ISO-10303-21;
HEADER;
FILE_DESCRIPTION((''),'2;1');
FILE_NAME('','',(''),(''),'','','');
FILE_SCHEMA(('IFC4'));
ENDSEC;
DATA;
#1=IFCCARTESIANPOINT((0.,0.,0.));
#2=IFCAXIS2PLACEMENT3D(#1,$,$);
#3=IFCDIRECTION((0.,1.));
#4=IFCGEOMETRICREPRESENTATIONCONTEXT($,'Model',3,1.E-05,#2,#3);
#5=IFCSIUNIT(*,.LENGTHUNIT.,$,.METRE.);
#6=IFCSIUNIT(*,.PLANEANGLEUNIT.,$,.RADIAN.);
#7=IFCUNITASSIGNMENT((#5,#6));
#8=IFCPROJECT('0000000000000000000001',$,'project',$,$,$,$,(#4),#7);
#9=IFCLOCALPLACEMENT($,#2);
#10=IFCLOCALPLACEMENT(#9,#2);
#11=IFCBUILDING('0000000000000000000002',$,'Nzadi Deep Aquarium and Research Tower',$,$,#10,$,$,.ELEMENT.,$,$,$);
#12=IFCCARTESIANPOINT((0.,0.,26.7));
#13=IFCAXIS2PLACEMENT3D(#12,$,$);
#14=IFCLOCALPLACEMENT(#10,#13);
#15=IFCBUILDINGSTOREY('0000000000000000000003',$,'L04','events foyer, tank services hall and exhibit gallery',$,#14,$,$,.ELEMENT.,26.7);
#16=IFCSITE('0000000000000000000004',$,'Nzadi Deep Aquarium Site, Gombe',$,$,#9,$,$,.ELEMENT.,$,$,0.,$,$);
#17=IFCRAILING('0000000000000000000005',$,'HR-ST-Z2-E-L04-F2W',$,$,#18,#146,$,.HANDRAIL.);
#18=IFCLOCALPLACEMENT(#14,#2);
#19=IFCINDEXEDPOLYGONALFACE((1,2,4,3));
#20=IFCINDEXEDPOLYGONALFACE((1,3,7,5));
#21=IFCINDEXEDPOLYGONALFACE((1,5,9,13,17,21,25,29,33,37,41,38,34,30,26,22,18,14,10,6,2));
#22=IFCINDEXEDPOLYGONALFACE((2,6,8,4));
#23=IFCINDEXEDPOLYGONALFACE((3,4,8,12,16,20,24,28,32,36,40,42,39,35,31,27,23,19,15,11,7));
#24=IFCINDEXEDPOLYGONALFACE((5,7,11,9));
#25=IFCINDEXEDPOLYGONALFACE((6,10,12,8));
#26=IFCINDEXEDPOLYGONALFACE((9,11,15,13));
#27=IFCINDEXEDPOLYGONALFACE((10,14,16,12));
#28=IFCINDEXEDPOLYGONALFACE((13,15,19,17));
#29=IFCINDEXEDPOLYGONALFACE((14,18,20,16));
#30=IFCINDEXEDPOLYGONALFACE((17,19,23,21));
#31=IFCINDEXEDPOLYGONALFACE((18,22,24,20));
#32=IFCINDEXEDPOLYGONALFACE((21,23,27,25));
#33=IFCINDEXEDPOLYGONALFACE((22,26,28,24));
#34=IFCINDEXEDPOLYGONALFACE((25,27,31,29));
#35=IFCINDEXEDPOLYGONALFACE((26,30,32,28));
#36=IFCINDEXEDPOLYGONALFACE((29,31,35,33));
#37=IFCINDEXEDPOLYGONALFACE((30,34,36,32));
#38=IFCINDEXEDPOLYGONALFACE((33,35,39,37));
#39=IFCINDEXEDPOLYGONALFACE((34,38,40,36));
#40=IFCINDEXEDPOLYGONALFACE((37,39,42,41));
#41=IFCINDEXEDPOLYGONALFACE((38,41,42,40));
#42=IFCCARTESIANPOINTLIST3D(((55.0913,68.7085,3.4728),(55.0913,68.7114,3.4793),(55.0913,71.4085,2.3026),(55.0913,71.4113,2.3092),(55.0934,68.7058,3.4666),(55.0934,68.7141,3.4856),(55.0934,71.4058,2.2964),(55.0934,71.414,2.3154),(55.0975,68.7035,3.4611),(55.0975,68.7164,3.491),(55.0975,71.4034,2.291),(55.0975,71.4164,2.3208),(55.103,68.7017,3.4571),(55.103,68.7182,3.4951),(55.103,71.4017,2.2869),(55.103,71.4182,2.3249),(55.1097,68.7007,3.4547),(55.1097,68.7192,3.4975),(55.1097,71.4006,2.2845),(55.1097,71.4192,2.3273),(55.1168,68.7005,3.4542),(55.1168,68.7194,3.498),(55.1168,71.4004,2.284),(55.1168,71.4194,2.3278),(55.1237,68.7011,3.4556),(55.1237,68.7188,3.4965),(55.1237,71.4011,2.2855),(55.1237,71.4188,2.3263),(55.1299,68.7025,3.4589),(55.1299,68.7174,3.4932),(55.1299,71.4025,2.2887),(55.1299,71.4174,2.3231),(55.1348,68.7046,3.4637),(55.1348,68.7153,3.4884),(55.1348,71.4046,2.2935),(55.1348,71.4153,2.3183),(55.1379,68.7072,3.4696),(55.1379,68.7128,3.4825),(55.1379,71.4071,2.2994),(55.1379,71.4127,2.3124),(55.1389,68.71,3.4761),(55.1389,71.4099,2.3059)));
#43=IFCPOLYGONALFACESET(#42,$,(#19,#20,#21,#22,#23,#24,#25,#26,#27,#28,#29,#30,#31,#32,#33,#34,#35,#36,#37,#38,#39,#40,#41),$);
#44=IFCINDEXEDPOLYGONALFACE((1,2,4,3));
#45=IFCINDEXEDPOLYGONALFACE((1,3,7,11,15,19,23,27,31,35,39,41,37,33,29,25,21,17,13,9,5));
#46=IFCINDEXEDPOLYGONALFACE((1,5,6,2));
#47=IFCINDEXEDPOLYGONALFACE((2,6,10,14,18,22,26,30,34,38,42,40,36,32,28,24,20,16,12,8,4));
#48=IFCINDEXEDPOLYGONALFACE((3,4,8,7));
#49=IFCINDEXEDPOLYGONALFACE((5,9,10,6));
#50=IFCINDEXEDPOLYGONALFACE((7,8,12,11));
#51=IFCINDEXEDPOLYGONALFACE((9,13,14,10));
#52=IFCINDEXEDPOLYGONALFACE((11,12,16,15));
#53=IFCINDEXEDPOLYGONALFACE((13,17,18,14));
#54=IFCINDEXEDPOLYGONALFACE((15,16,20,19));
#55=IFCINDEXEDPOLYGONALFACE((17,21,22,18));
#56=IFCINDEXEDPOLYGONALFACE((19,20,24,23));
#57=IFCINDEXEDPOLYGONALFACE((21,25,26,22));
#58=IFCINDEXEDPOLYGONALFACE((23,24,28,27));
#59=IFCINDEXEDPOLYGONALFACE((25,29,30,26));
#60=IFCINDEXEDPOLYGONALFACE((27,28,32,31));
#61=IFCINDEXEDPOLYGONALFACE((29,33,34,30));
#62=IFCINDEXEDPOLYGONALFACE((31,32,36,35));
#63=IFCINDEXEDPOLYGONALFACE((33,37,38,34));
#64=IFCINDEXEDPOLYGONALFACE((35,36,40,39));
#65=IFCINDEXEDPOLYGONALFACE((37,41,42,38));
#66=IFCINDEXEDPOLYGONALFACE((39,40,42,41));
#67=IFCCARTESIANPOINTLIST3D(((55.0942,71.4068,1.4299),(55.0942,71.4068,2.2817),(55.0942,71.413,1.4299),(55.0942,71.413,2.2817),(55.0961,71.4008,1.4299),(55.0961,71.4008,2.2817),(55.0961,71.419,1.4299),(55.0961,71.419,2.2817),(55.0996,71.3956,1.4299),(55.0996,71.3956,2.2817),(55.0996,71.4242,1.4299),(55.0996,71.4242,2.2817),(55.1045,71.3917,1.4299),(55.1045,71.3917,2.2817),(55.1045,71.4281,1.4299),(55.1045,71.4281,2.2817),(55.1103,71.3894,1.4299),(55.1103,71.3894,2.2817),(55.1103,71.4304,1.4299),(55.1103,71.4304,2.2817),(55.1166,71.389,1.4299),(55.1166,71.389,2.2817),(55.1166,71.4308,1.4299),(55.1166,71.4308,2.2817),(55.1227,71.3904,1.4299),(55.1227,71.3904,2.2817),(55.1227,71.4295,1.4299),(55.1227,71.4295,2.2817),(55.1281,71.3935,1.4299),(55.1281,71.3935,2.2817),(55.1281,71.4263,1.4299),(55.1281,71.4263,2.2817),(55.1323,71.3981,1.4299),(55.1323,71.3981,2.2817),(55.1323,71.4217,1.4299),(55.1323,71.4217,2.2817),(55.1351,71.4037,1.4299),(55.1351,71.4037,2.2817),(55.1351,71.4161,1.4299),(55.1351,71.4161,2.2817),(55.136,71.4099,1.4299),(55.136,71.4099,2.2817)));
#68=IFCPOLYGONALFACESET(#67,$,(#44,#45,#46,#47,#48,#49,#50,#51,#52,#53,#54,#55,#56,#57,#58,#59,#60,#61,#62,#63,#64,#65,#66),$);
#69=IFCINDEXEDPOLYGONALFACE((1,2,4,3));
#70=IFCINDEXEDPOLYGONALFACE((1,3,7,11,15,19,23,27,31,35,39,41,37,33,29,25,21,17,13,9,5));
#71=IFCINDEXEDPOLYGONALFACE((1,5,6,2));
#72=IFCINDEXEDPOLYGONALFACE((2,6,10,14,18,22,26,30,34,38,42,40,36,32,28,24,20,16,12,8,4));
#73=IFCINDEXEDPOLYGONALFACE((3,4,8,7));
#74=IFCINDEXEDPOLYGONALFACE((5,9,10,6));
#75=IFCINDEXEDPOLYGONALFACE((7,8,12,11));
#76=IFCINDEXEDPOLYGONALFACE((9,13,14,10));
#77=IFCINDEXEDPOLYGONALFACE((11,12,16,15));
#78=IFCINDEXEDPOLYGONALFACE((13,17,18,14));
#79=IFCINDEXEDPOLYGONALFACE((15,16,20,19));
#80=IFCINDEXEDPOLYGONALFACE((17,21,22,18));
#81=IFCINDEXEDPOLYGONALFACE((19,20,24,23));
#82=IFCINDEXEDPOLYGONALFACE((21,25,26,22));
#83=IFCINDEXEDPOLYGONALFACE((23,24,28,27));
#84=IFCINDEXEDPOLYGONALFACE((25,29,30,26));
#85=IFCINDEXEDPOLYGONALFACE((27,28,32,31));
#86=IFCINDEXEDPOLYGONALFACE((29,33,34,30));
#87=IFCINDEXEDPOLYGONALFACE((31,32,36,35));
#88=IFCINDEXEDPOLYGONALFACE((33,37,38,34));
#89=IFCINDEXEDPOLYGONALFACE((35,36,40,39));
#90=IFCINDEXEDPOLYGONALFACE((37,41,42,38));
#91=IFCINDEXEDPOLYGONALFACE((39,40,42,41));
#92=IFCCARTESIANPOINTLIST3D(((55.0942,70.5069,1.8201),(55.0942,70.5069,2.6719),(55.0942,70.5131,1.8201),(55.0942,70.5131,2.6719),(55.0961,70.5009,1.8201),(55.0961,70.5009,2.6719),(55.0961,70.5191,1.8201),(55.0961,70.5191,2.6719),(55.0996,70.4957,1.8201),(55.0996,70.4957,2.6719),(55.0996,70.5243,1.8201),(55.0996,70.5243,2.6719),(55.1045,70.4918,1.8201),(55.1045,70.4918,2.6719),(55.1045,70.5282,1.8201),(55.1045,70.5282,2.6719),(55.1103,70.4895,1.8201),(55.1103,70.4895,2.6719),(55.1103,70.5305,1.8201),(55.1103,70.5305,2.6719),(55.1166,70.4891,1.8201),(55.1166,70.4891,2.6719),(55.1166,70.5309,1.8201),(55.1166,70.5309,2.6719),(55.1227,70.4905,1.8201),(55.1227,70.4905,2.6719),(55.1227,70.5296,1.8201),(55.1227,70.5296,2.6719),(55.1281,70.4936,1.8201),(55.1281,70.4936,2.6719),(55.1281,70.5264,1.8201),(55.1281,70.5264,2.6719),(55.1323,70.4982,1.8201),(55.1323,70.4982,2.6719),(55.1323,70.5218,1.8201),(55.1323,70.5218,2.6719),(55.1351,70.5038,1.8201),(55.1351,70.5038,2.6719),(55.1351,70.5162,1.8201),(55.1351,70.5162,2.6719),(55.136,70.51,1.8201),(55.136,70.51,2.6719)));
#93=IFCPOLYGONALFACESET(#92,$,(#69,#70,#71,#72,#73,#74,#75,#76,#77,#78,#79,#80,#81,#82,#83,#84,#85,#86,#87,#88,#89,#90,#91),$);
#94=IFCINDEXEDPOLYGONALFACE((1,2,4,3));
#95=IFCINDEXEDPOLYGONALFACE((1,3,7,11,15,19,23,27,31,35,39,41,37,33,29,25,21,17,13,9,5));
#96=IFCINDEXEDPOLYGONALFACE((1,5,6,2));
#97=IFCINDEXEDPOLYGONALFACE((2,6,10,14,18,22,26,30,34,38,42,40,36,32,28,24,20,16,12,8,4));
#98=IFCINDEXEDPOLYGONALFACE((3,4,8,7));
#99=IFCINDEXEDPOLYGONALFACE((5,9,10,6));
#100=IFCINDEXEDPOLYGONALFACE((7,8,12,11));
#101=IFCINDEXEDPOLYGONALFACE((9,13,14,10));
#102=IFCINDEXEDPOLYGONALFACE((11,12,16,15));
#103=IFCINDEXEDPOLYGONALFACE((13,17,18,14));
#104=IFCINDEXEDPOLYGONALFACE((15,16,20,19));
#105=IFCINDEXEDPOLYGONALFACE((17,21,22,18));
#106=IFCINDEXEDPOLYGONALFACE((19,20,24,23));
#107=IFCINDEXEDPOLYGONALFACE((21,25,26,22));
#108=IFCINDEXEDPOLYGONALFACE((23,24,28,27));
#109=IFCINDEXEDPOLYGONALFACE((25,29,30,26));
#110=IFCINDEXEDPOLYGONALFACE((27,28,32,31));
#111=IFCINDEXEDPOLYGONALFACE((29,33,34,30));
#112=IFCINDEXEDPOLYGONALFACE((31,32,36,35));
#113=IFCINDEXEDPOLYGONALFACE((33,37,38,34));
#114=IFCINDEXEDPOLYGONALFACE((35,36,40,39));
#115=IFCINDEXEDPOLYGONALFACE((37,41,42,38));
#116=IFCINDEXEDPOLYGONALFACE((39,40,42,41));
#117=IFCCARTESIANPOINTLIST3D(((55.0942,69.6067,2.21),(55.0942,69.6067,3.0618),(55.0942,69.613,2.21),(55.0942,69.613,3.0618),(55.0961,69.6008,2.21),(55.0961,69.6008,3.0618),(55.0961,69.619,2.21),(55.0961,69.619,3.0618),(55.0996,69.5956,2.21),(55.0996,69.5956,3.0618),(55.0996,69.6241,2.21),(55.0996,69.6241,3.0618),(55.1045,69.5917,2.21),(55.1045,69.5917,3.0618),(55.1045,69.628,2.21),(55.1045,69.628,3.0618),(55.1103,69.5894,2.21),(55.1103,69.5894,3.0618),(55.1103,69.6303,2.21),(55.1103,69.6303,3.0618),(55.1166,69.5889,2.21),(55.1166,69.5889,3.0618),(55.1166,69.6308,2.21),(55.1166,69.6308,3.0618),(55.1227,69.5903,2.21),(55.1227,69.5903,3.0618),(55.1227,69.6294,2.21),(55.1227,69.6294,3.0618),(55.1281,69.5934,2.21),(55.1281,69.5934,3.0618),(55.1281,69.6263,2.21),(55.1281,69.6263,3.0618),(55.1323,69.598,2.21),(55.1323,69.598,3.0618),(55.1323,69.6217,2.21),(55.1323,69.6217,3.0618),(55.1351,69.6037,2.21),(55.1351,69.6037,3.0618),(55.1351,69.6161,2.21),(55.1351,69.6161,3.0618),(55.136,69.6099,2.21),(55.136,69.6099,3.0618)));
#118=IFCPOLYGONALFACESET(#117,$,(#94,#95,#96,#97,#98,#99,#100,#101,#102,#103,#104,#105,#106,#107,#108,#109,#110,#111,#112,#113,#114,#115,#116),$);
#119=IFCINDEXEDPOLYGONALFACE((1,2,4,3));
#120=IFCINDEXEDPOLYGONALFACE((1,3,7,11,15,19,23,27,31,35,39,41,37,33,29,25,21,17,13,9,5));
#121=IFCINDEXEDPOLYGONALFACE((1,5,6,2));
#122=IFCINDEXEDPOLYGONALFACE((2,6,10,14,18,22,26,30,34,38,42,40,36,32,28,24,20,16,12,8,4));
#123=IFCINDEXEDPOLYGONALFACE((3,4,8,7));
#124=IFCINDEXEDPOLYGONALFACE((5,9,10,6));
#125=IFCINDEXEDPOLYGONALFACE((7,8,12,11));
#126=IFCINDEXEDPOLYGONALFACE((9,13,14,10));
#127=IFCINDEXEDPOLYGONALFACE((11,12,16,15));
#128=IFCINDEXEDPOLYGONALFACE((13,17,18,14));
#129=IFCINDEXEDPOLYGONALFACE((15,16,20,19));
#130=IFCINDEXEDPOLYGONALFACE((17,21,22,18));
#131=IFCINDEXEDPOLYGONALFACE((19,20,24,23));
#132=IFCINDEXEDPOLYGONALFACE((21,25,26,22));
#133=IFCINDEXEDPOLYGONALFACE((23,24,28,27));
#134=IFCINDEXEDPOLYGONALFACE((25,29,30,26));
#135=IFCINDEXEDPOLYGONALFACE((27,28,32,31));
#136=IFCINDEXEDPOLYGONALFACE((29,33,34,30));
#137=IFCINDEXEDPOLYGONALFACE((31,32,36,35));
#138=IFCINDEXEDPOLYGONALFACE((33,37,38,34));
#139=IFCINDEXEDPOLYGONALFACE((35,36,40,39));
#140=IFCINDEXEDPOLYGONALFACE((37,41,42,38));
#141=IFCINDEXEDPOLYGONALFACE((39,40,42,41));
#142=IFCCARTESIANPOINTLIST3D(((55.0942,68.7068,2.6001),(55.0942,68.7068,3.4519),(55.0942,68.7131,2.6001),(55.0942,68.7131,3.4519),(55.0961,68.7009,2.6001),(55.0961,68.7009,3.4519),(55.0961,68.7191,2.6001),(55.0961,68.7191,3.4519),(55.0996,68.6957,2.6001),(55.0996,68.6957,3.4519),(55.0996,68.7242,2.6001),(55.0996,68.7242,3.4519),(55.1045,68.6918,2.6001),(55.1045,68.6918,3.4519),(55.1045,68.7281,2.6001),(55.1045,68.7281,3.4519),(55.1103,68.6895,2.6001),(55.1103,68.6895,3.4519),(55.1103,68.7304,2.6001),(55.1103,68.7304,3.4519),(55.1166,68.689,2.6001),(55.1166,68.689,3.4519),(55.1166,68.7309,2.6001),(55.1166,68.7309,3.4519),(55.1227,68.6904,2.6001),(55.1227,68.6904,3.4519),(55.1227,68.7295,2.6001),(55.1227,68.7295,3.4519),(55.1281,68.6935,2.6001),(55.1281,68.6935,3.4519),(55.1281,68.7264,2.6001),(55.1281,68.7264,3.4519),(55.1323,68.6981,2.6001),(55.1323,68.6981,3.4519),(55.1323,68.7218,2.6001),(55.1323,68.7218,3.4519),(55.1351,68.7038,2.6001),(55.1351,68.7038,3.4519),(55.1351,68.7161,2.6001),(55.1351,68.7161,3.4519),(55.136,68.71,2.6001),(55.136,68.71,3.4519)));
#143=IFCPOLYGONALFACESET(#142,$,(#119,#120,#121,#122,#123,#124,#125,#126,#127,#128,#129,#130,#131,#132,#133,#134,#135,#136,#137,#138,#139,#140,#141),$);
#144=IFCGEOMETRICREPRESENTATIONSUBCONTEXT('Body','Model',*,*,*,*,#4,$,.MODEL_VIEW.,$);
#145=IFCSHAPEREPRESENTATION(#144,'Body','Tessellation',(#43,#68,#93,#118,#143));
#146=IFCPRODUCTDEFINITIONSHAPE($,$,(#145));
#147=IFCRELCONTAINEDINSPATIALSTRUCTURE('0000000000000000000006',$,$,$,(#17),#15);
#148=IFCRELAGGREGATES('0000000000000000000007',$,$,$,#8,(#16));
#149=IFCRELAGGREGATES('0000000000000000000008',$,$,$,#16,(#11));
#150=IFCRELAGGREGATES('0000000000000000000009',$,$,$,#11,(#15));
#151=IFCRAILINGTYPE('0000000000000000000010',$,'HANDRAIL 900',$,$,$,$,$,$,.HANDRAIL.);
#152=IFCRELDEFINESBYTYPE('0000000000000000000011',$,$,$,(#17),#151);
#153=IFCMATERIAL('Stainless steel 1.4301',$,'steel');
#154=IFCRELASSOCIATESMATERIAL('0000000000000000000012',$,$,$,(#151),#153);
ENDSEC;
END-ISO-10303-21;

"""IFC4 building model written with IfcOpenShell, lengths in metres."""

from ifc_helpers import new_model, si_unit, direction, frame, origin, origin_2d, place, context, subcontext, project, spatial, circle, extrude, material, type_object, element, save


model = new_model("IFC4")

# Units and contexts
model_context = context("Model", 3, precision=1e-05, world=origin(), true_north=direction((0.0, 1.0)))
body_context = subcontext(model_context, "Body", "Model", "MODEL_VIEW")
ifc_project = project(units=[si_unit("LENGTHUNIT", "METRE"), si_unit("PLANEANGLEUNIT", "RADIAN")], contexts=[model_context])

# Site, building, storey
site_placement = place(None, origin())
site = spatial("IfcSite", under=ifc_project, at=site_placement, Name="Nzadi Deep Aquarium Site, Gombe", CompositionType="ELEMENT", RefElevation=0.0)
building_placement = place(site_placement, origin())
building = spatial("IfcBuilding", under=site, at=building_placement, Name="Nzadi Deep Aquarium and Research Tower", CompositionType="ELEMENT")
storey_placement = place(building_placement, frame((0.0, 0.0, 26.7)))
storey = spatial("IfcBuildingStorey", under=building, at=storey_placement, Name="L04", Description="events foyer, tank services hall and exhibit gallery", CompositionType="ELEMENT", Elevation=26.7)

# Railing
ifc_material_1 = material(Name="Stainless steel 1.4301", Category="steel")
railing_type_1 = type_object("IfcRailingType", Name="HANDRAIL 900", PredefinedType="HANDRAIL", material=ifc_material_1)
for number, where, name in (
    (1, (55.115, 71.4099, 1.4299), "HR-ST-Z2-E-L04-F2W"),
):
    element("IfcRailing", number, at=place(storey_placement, frame(where)), inside=storey, type_object=railing_type_1, Name=name, PredefinedType="HANDRAIL", context=body_context, shape_type="SweptSolid", body=[
        extrude(circle(Radius=0.0239, at=origin_2d()), frame((0.0, 0.0, 0.876), z_axis=(0.0, -0.917532, 0.397661), x_axis=(1.0, 0.0, 0.0)), (0.0, 0.0, 1.0), 2.9426),
        extrude(circle(Radius=0.021, at=origin_2d()), origin(), (0.0, 0.0, 1.0), 0.8518),
        extrude(circle(Radius=0.021, at=origin_2d()), frame((0.0, -0.8999, 0.3901)), (0.0, 0.0, 1.0), 0.8518),
        extrude(circle(Radius=0.021, at=origin_2d()), frame((0.0, -1.8, 0.78)), (0.0, 0.0, 1.0), 0.8518),
        extrude(circle(Radius=0.021, at=origin_2d()), frame((0.0, -2.7, 1.1702)), (0.0, 0.0, 1.0), 0.8518),
    ])

save(model, "model.ifc")
